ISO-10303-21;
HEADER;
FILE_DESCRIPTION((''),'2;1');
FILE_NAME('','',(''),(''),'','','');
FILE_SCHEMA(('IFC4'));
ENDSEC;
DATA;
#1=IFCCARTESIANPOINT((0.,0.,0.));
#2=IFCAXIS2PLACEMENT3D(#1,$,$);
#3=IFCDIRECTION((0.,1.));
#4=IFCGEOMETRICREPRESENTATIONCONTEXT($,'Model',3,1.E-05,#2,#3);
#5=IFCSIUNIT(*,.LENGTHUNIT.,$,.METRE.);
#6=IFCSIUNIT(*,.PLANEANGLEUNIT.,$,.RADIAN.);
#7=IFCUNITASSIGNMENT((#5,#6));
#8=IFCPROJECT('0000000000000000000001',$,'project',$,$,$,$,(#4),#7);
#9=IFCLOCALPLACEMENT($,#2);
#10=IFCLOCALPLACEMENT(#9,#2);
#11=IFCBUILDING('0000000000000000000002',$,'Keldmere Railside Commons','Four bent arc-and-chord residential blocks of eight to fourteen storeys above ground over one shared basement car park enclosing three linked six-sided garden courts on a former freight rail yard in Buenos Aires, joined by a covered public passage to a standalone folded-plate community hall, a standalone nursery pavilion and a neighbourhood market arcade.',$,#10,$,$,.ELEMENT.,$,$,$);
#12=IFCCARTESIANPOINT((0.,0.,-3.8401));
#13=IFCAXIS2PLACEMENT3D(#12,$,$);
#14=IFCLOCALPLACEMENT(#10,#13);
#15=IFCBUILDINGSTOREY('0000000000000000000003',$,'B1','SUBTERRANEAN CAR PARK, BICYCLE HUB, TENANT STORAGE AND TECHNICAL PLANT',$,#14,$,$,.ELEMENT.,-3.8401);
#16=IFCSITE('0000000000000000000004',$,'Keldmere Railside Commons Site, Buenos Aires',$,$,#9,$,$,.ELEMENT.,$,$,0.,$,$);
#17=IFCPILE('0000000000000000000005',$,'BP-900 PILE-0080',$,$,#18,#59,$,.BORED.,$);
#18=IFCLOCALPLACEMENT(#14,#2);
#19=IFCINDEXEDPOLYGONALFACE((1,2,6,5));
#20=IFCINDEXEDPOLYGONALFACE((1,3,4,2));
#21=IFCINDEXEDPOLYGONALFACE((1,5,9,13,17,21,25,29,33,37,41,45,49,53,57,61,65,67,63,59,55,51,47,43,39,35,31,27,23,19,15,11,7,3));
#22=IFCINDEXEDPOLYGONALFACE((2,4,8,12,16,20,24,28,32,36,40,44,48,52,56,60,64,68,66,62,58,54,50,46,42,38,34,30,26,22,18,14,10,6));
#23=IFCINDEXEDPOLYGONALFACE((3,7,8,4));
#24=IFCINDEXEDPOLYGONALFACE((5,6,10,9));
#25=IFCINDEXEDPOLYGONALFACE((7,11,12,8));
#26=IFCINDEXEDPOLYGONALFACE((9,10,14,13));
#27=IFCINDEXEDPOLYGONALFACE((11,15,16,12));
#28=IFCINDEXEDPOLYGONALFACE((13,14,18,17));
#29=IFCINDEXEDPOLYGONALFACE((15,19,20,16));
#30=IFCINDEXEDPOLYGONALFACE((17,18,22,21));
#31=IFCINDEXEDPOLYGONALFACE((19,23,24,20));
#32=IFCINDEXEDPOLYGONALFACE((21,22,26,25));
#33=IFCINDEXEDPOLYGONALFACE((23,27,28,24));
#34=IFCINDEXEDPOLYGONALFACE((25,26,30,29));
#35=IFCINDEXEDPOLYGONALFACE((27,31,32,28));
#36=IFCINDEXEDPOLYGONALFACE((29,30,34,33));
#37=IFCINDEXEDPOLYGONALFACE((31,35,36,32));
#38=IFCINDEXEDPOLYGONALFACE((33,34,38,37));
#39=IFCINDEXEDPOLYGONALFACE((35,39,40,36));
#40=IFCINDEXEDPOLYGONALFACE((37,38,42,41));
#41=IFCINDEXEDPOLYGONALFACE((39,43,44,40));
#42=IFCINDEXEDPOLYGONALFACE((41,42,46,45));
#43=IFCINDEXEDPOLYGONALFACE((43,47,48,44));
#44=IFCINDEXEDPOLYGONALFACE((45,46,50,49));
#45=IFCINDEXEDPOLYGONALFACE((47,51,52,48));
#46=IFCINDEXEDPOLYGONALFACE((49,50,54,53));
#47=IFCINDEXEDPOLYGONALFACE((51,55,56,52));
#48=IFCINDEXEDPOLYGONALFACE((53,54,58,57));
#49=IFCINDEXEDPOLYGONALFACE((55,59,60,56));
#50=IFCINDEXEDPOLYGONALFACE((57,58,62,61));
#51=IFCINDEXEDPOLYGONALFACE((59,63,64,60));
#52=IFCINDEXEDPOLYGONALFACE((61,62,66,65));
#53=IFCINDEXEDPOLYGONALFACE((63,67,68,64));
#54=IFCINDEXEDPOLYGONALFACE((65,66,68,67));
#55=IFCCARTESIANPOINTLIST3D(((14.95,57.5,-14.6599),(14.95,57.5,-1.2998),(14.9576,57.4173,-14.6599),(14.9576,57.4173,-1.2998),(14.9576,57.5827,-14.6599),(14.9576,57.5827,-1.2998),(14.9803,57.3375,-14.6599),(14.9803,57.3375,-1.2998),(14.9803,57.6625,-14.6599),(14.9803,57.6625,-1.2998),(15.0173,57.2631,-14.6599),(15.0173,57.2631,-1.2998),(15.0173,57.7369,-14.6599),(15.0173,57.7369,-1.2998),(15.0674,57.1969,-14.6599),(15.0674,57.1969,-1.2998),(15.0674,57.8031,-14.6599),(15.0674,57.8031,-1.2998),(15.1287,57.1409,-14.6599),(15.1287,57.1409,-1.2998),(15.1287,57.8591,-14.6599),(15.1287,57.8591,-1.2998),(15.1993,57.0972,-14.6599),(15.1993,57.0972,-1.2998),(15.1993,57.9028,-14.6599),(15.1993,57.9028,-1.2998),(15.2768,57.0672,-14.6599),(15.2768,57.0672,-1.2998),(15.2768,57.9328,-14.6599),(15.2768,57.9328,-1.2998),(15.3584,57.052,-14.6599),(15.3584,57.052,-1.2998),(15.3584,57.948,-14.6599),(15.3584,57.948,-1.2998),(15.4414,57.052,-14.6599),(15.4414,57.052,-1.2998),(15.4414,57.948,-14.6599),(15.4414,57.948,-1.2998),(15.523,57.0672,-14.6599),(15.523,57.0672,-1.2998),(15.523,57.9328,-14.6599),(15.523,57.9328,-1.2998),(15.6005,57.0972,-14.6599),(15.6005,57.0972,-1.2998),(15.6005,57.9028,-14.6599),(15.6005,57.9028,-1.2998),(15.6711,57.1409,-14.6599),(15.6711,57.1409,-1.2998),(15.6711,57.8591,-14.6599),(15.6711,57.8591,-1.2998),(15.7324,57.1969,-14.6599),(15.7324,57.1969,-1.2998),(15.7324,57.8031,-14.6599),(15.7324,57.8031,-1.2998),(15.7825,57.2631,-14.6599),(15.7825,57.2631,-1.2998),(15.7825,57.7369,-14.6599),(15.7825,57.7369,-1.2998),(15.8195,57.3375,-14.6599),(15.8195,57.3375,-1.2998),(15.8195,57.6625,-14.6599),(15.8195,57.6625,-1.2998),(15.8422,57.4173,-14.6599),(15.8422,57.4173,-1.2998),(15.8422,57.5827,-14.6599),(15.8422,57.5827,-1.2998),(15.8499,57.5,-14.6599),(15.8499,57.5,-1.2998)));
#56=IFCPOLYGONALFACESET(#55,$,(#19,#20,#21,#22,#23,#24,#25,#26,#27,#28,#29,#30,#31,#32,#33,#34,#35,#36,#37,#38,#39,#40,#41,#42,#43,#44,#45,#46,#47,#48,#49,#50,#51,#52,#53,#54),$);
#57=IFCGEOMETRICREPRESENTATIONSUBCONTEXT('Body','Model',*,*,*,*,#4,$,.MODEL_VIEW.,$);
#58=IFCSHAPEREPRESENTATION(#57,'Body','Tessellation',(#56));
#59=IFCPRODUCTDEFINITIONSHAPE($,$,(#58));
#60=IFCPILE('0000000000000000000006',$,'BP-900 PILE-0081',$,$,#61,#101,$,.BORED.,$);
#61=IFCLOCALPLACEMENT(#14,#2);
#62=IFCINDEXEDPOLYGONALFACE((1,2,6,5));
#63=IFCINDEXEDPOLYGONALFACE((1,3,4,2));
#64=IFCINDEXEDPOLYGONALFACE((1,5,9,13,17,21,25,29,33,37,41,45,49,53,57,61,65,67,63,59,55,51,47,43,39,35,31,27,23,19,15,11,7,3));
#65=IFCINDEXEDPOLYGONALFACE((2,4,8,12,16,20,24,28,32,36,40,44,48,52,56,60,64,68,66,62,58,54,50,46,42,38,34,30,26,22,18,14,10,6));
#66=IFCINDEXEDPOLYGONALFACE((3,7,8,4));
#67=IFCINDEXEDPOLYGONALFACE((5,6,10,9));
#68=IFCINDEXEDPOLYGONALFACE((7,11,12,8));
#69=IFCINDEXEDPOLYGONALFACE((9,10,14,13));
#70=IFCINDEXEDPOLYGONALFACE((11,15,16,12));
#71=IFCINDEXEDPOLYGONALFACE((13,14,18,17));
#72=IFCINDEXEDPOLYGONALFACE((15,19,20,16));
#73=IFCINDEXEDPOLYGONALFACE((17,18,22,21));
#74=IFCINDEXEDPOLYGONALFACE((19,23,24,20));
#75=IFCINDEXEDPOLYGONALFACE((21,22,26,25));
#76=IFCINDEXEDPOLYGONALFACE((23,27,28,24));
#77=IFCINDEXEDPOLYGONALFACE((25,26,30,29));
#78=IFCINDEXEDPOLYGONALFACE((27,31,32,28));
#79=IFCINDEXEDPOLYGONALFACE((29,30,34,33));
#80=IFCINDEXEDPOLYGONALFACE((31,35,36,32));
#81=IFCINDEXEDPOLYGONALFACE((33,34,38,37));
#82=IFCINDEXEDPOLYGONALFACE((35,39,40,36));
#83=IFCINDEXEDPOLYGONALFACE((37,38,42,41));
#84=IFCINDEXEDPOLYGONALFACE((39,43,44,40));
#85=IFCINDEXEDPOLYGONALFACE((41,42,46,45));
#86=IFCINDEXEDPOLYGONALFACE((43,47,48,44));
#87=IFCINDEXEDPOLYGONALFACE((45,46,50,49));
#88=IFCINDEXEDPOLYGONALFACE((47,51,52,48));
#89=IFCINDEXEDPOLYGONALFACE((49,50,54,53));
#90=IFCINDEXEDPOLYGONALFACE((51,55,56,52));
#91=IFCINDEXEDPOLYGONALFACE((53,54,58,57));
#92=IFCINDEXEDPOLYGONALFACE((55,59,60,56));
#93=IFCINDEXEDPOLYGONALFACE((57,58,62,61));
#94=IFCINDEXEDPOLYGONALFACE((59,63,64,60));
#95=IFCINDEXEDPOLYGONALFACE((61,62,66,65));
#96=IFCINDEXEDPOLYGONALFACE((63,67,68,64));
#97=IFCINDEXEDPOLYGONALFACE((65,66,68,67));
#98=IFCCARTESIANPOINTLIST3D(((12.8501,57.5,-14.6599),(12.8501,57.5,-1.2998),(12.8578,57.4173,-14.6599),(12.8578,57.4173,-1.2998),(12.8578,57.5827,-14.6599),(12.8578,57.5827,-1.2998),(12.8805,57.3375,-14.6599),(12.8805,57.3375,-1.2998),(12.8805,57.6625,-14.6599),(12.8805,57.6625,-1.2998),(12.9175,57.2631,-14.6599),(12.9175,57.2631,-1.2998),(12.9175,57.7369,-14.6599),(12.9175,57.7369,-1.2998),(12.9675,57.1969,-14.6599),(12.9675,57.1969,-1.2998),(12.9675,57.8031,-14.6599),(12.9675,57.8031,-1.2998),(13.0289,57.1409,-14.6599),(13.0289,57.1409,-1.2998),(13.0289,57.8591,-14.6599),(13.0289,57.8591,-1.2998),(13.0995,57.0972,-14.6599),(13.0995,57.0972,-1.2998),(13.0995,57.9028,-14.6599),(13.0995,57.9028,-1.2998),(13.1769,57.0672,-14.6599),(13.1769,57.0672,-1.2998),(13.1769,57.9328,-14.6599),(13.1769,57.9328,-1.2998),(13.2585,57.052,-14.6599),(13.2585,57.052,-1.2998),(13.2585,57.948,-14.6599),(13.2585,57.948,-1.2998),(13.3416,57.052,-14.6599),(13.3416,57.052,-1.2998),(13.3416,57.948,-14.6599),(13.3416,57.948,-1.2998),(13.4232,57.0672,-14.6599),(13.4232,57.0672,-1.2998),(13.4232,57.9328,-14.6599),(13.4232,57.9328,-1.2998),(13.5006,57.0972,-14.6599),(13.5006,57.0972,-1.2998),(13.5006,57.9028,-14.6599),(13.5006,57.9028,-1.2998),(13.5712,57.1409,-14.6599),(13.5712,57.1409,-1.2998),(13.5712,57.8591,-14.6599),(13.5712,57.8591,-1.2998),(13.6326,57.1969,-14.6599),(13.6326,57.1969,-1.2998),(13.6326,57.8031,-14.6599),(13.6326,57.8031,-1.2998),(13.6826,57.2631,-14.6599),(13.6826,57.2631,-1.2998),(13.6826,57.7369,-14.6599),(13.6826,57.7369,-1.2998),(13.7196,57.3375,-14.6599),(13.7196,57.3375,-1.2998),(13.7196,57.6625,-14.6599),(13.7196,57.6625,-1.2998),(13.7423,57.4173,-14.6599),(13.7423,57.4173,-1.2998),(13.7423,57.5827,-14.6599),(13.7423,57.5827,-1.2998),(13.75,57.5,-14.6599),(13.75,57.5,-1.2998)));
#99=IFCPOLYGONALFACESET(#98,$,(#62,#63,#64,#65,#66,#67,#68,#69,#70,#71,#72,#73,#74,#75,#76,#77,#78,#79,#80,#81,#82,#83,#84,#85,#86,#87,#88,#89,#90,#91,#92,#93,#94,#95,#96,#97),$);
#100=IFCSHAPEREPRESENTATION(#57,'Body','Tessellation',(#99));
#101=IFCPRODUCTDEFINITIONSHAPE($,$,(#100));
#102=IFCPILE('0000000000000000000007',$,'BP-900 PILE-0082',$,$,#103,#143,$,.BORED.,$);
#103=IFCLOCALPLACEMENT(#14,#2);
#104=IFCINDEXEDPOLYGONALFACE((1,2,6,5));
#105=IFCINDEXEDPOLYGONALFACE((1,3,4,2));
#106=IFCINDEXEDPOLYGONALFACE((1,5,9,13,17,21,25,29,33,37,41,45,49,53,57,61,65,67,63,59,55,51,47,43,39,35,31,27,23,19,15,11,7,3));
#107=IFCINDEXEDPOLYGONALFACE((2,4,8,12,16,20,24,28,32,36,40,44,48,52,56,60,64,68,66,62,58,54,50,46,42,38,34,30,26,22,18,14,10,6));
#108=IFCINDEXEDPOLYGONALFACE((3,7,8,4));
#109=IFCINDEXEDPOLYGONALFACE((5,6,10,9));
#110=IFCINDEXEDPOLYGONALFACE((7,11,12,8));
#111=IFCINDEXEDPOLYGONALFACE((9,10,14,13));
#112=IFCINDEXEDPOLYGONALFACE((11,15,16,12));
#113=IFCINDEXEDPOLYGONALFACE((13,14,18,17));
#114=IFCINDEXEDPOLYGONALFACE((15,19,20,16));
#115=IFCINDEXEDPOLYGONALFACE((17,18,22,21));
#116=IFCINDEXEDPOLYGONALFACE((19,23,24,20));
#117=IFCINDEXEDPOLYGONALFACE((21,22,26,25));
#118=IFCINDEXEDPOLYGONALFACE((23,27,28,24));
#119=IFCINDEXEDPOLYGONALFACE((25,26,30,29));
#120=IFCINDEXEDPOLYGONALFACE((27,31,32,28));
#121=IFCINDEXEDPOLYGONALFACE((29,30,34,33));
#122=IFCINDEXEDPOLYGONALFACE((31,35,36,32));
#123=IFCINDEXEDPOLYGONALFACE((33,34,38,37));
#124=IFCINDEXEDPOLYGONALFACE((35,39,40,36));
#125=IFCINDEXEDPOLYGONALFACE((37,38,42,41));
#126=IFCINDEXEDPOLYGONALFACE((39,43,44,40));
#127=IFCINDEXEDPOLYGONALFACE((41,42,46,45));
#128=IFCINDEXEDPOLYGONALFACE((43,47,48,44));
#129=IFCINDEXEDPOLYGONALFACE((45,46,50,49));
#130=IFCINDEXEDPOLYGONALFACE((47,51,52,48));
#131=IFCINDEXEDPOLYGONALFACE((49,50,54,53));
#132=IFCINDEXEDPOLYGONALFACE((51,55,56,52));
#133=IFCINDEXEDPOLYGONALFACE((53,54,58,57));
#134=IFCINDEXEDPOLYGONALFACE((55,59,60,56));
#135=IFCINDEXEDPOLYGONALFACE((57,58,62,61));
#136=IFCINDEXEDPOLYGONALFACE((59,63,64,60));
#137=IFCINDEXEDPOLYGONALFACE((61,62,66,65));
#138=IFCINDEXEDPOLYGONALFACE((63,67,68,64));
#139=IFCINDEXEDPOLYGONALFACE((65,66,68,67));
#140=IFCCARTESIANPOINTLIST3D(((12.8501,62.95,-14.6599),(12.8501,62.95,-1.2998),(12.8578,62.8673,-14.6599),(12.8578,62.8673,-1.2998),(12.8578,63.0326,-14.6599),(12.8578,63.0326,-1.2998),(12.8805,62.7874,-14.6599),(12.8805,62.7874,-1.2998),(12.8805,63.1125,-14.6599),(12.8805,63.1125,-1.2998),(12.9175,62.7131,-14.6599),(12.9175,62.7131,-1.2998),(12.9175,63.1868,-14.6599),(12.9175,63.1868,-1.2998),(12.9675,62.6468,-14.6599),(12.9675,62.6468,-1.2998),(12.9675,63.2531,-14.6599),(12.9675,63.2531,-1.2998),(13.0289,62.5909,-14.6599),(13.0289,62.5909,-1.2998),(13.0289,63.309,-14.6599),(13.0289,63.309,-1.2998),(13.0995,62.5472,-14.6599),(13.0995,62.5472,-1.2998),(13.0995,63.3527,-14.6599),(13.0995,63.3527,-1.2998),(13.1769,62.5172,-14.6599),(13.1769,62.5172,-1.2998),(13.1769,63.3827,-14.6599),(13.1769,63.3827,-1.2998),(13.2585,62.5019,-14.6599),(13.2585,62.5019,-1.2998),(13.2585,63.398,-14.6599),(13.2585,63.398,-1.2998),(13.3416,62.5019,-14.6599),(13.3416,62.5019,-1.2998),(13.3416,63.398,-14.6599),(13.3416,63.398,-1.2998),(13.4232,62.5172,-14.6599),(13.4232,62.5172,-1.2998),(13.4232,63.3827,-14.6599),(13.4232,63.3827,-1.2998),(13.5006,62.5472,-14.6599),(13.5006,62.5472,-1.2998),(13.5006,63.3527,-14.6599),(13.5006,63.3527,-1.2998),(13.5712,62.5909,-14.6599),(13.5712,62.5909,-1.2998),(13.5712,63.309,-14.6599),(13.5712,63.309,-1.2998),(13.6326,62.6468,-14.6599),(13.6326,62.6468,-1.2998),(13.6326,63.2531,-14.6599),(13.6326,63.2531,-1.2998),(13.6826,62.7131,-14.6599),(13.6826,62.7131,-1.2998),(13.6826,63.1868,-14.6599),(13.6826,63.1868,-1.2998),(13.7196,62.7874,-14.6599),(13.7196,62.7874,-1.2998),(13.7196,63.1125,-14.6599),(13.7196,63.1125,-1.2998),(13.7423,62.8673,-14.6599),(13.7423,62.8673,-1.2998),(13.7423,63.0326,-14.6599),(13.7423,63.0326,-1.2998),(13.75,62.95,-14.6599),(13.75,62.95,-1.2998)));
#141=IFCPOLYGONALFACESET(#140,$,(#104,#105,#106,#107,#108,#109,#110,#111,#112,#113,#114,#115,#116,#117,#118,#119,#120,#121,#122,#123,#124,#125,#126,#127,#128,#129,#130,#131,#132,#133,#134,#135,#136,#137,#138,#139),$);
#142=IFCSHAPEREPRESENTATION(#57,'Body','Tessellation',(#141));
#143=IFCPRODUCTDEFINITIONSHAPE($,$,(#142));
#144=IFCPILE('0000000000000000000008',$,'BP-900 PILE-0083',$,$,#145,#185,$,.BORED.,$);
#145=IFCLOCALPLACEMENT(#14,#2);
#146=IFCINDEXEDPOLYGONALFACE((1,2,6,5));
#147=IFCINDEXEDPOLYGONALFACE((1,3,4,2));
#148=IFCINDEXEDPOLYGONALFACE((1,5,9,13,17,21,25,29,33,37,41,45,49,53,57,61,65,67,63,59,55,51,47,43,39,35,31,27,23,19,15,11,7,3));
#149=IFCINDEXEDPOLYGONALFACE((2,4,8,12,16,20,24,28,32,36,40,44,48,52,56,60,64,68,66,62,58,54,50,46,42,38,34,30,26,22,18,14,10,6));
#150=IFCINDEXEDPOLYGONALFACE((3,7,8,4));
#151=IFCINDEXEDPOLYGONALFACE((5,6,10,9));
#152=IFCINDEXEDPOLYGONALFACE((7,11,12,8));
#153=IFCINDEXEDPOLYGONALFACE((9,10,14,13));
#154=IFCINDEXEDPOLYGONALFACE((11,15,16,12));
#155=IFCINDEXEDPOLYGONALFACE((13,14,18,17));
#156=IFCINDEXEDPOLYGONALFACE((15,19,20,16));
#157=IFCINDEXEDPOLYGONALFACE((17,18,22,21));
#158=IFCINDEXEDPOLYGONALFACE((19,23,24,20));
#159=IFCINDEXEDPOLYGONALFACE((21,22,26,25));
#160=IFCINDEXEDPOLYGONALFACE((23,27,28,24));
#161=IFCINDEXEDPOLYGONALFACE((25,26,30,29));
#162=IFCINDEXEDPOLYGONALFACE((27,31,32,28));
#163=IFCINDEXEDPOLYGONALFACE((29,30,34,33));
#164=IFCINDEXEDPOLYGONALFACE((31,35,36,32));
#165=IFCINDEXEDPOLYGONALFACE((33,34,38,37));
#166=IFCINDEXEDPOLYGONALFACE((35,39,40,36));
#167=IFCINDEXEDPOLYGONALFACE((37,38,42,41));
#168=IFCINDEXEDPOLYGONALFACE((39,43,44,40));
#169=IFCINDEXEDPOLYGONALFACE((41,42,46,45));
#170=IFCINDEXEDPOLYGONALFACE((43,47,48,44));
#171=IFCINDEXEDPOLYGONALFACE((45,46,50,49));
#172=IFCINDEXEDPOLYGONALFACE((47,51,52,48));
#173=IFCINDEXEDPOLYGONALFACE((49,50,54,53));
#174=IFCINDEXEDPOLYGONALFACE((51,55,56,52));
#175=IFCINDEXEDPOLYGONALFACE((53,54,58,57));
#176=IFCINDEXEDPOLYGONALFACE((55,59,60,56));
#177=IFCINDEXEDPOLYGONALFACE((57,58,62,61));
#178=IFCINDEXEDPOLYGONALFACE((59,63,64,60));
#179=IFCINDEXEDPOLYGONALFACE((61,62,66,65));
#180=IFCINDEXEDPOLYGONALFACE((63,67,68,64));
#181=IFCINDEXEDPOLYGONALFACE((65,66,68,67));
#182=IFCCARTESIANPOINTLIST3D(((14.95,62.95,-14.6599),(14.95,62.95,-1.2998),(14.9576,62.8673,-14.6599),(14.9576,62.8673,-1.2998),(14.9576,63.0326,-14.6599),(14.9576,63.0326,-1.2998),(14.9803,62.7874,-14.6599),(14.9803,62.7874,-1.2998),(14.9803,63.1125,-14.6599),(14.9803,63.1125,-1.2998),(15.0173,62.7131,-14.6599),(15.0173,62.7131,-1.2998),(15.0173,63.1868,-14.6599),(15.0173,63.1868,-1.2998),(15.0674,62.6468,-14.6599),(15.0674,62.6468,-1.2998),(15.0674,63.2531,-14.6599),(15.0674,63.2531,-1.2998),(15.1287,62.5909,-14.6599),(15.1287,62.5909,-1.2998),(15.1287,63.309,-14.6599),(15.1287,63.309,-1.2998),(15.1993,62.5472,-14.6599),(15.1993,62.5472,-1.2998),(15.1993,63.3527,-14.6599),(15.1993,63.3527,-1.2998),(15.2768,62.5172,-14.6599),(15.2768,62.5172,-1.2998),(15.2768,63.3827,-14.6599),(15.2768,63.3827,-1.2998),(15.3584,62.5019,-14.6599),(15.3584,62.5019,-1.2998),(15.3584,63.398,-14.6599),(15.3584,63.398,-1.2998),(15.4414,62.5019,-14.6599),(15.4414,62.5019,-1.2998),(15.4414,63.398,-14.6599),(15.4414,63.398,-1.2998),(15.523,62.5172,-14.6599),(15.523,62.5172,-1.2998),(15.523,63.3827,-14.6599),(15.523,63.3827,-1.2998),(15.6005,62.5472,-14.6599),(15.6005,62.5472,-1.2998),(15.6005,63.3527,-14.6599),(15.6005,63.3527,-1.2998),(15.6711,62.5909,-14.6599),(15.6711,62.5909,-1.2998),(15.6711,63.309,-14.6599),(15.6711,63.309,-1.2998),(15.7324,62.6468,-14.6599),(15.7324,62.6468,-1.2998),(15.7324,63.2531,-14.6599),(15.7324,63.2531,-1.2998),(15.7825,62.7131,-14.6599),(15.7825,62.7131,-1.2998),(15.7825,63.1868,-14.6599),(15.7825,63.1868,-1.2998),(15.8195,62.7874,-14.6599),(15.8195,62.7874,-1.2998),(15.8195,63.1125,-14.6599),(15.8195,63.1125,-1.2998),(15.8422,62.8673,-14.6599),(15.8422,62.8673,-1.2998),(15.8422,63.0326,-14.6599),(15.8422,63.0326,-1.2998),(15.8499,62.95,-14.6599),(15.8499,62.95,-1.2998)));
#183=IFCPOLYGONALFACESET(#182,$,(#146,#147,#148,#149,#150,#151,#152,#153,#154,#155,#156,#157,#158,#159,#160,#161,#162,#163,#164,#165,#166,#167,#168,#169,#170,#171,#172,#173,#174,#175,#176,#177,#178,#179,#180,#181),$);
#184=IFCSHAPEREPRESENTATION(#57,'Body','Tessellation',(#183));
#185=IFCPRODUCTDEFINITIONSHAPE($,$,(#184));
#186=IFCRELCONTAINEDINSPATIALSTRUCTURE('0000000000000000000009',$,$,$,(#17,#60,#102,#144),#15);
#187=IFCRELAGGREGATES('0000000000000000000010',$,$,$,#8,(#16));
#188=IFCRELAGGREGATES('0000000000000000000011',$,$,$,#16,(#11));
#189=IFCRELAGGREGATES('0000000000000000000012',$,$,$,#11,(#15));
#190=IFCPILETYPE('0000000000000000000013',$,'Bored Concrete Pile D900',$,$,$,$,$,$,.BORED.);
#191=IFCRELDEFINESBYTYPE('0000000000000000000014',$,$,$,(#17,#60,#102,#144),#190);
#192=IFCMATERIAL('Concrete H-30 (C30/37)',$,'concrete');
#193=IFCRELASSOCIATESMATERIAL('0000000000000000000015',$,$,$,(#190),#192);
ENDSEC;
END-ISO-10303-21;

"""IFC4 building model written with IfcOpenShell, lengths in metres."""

from ifc_helpers import new_model, si_unit, direction, frame, origin, origin_2d, place, context, subcontext, project, spatial, circle, extrude, material, material_profile, profile_set, type_object, element, save


model = new_model("IFC4")

# Units and contexts
model_context = context("Model", 3, precision=1e-05, world=origin(), true_north=direction((0.0, 1.0)))
body_context = subcontext(model_context, "Body", "Model", "MODEL_VIEW")
ifc_project = project(units=[si_unit("LENGTHUNIT", "METRE"), si_unit("PLANEANGLEUNIT", "RADIAN")], contexts=[model_context])

# Site, building, storey
site_placement = place(None, origin())
site = spatial("IfcSite", under=ifc_project, at=site_placement, Name="Keldmere Railside Commons Site, Buenos Aires", CompositionType="ELEMENT", RefElevation=0.0)
building_placement = place(site_placement, origin())
building = spatial("IfcBuilding", under=site, at=building_placement, Name="Keldmere Railside Commons", Description="Four bent arc-and-chord residential blocks of eight to fourteen storeys above ground over one shared basement car park enclosing three linked six-sided garden courts on a former freight rail yard in Buenos Aires, joined by a covered public passage to a standalone folded-plate community hall, a standalone nursery pavilion and a neighbourhood market arcade.", CompositionType="ELEMENT")
storey_placement = place(building_placement, frame((0.0, 0.0, -3.8401)))
storey = spatial("IfcBuildingStorey", under=building, at=storey_placement, Name="B1", Description="SUBTERRANEAN CAR PARK, BICYCLE HUB, TENANT STORAGE AND TECHNICAL PLANT", CompositionType="ELEMENT", Elevation=-3.8401)

# Piles
ifc_material_1 = material(Name="Concrete H-30 (C30/37)", Category="concrete")
ifc_material_profile_1 = material_profile(ifc_material_1, circle(Radius=0.45, at=origin_2d()), Name="PILE-D900")
ifc_profile_set_1 = profile_set([ifc_material_profile_1], Name="Concrete H-30 (C30/37)")
pile_type = type_object("IfcPileType", Name="Bored Concrete Pile D900", PredefinedType="BORED", material=ifc_profile_set_1)
for number, where, z_axis, x_axis, name in (
    (1, (15.3999, 57.5, -1.2998), (0.0, 0.0, -1.0), (1.0, 0.0, 0.0), "BP-900 PILE-0080"),
    (2, (13.3, 57.5, -1.2998), (0.0, 0.0, -1.0), (1.0, 0.0, 0.0), "BP-900 PILE-0081"),
    (3, (13.3, 62.95, -1.2998), (0.0, 0.0, -1.0), (1.0, 0.0, 0.0), "BP-900 PILE-0082"),
    (4, (15.3999, 62.95, -1.2998), (0.0, 0.0, -1.0), (1.0, 0.0, 0.0), "BP-900 PILE-0083"),
):
    element("IfcPile", number, at=place(storey_placement, frame(where, z_axis=z_axis, x_axis=x_axis)), inside=storey, type_object=pile_type, Name=name, PredefinedType="BORED", context=body_context, shape_type="SweptSolid", body=[
        extrude(circle(Radius=0.45, at=origin_2d()), origin(), (0.0, 0.0, 1.0), 13.3601),
    ])

save(model, "model.ifc")
